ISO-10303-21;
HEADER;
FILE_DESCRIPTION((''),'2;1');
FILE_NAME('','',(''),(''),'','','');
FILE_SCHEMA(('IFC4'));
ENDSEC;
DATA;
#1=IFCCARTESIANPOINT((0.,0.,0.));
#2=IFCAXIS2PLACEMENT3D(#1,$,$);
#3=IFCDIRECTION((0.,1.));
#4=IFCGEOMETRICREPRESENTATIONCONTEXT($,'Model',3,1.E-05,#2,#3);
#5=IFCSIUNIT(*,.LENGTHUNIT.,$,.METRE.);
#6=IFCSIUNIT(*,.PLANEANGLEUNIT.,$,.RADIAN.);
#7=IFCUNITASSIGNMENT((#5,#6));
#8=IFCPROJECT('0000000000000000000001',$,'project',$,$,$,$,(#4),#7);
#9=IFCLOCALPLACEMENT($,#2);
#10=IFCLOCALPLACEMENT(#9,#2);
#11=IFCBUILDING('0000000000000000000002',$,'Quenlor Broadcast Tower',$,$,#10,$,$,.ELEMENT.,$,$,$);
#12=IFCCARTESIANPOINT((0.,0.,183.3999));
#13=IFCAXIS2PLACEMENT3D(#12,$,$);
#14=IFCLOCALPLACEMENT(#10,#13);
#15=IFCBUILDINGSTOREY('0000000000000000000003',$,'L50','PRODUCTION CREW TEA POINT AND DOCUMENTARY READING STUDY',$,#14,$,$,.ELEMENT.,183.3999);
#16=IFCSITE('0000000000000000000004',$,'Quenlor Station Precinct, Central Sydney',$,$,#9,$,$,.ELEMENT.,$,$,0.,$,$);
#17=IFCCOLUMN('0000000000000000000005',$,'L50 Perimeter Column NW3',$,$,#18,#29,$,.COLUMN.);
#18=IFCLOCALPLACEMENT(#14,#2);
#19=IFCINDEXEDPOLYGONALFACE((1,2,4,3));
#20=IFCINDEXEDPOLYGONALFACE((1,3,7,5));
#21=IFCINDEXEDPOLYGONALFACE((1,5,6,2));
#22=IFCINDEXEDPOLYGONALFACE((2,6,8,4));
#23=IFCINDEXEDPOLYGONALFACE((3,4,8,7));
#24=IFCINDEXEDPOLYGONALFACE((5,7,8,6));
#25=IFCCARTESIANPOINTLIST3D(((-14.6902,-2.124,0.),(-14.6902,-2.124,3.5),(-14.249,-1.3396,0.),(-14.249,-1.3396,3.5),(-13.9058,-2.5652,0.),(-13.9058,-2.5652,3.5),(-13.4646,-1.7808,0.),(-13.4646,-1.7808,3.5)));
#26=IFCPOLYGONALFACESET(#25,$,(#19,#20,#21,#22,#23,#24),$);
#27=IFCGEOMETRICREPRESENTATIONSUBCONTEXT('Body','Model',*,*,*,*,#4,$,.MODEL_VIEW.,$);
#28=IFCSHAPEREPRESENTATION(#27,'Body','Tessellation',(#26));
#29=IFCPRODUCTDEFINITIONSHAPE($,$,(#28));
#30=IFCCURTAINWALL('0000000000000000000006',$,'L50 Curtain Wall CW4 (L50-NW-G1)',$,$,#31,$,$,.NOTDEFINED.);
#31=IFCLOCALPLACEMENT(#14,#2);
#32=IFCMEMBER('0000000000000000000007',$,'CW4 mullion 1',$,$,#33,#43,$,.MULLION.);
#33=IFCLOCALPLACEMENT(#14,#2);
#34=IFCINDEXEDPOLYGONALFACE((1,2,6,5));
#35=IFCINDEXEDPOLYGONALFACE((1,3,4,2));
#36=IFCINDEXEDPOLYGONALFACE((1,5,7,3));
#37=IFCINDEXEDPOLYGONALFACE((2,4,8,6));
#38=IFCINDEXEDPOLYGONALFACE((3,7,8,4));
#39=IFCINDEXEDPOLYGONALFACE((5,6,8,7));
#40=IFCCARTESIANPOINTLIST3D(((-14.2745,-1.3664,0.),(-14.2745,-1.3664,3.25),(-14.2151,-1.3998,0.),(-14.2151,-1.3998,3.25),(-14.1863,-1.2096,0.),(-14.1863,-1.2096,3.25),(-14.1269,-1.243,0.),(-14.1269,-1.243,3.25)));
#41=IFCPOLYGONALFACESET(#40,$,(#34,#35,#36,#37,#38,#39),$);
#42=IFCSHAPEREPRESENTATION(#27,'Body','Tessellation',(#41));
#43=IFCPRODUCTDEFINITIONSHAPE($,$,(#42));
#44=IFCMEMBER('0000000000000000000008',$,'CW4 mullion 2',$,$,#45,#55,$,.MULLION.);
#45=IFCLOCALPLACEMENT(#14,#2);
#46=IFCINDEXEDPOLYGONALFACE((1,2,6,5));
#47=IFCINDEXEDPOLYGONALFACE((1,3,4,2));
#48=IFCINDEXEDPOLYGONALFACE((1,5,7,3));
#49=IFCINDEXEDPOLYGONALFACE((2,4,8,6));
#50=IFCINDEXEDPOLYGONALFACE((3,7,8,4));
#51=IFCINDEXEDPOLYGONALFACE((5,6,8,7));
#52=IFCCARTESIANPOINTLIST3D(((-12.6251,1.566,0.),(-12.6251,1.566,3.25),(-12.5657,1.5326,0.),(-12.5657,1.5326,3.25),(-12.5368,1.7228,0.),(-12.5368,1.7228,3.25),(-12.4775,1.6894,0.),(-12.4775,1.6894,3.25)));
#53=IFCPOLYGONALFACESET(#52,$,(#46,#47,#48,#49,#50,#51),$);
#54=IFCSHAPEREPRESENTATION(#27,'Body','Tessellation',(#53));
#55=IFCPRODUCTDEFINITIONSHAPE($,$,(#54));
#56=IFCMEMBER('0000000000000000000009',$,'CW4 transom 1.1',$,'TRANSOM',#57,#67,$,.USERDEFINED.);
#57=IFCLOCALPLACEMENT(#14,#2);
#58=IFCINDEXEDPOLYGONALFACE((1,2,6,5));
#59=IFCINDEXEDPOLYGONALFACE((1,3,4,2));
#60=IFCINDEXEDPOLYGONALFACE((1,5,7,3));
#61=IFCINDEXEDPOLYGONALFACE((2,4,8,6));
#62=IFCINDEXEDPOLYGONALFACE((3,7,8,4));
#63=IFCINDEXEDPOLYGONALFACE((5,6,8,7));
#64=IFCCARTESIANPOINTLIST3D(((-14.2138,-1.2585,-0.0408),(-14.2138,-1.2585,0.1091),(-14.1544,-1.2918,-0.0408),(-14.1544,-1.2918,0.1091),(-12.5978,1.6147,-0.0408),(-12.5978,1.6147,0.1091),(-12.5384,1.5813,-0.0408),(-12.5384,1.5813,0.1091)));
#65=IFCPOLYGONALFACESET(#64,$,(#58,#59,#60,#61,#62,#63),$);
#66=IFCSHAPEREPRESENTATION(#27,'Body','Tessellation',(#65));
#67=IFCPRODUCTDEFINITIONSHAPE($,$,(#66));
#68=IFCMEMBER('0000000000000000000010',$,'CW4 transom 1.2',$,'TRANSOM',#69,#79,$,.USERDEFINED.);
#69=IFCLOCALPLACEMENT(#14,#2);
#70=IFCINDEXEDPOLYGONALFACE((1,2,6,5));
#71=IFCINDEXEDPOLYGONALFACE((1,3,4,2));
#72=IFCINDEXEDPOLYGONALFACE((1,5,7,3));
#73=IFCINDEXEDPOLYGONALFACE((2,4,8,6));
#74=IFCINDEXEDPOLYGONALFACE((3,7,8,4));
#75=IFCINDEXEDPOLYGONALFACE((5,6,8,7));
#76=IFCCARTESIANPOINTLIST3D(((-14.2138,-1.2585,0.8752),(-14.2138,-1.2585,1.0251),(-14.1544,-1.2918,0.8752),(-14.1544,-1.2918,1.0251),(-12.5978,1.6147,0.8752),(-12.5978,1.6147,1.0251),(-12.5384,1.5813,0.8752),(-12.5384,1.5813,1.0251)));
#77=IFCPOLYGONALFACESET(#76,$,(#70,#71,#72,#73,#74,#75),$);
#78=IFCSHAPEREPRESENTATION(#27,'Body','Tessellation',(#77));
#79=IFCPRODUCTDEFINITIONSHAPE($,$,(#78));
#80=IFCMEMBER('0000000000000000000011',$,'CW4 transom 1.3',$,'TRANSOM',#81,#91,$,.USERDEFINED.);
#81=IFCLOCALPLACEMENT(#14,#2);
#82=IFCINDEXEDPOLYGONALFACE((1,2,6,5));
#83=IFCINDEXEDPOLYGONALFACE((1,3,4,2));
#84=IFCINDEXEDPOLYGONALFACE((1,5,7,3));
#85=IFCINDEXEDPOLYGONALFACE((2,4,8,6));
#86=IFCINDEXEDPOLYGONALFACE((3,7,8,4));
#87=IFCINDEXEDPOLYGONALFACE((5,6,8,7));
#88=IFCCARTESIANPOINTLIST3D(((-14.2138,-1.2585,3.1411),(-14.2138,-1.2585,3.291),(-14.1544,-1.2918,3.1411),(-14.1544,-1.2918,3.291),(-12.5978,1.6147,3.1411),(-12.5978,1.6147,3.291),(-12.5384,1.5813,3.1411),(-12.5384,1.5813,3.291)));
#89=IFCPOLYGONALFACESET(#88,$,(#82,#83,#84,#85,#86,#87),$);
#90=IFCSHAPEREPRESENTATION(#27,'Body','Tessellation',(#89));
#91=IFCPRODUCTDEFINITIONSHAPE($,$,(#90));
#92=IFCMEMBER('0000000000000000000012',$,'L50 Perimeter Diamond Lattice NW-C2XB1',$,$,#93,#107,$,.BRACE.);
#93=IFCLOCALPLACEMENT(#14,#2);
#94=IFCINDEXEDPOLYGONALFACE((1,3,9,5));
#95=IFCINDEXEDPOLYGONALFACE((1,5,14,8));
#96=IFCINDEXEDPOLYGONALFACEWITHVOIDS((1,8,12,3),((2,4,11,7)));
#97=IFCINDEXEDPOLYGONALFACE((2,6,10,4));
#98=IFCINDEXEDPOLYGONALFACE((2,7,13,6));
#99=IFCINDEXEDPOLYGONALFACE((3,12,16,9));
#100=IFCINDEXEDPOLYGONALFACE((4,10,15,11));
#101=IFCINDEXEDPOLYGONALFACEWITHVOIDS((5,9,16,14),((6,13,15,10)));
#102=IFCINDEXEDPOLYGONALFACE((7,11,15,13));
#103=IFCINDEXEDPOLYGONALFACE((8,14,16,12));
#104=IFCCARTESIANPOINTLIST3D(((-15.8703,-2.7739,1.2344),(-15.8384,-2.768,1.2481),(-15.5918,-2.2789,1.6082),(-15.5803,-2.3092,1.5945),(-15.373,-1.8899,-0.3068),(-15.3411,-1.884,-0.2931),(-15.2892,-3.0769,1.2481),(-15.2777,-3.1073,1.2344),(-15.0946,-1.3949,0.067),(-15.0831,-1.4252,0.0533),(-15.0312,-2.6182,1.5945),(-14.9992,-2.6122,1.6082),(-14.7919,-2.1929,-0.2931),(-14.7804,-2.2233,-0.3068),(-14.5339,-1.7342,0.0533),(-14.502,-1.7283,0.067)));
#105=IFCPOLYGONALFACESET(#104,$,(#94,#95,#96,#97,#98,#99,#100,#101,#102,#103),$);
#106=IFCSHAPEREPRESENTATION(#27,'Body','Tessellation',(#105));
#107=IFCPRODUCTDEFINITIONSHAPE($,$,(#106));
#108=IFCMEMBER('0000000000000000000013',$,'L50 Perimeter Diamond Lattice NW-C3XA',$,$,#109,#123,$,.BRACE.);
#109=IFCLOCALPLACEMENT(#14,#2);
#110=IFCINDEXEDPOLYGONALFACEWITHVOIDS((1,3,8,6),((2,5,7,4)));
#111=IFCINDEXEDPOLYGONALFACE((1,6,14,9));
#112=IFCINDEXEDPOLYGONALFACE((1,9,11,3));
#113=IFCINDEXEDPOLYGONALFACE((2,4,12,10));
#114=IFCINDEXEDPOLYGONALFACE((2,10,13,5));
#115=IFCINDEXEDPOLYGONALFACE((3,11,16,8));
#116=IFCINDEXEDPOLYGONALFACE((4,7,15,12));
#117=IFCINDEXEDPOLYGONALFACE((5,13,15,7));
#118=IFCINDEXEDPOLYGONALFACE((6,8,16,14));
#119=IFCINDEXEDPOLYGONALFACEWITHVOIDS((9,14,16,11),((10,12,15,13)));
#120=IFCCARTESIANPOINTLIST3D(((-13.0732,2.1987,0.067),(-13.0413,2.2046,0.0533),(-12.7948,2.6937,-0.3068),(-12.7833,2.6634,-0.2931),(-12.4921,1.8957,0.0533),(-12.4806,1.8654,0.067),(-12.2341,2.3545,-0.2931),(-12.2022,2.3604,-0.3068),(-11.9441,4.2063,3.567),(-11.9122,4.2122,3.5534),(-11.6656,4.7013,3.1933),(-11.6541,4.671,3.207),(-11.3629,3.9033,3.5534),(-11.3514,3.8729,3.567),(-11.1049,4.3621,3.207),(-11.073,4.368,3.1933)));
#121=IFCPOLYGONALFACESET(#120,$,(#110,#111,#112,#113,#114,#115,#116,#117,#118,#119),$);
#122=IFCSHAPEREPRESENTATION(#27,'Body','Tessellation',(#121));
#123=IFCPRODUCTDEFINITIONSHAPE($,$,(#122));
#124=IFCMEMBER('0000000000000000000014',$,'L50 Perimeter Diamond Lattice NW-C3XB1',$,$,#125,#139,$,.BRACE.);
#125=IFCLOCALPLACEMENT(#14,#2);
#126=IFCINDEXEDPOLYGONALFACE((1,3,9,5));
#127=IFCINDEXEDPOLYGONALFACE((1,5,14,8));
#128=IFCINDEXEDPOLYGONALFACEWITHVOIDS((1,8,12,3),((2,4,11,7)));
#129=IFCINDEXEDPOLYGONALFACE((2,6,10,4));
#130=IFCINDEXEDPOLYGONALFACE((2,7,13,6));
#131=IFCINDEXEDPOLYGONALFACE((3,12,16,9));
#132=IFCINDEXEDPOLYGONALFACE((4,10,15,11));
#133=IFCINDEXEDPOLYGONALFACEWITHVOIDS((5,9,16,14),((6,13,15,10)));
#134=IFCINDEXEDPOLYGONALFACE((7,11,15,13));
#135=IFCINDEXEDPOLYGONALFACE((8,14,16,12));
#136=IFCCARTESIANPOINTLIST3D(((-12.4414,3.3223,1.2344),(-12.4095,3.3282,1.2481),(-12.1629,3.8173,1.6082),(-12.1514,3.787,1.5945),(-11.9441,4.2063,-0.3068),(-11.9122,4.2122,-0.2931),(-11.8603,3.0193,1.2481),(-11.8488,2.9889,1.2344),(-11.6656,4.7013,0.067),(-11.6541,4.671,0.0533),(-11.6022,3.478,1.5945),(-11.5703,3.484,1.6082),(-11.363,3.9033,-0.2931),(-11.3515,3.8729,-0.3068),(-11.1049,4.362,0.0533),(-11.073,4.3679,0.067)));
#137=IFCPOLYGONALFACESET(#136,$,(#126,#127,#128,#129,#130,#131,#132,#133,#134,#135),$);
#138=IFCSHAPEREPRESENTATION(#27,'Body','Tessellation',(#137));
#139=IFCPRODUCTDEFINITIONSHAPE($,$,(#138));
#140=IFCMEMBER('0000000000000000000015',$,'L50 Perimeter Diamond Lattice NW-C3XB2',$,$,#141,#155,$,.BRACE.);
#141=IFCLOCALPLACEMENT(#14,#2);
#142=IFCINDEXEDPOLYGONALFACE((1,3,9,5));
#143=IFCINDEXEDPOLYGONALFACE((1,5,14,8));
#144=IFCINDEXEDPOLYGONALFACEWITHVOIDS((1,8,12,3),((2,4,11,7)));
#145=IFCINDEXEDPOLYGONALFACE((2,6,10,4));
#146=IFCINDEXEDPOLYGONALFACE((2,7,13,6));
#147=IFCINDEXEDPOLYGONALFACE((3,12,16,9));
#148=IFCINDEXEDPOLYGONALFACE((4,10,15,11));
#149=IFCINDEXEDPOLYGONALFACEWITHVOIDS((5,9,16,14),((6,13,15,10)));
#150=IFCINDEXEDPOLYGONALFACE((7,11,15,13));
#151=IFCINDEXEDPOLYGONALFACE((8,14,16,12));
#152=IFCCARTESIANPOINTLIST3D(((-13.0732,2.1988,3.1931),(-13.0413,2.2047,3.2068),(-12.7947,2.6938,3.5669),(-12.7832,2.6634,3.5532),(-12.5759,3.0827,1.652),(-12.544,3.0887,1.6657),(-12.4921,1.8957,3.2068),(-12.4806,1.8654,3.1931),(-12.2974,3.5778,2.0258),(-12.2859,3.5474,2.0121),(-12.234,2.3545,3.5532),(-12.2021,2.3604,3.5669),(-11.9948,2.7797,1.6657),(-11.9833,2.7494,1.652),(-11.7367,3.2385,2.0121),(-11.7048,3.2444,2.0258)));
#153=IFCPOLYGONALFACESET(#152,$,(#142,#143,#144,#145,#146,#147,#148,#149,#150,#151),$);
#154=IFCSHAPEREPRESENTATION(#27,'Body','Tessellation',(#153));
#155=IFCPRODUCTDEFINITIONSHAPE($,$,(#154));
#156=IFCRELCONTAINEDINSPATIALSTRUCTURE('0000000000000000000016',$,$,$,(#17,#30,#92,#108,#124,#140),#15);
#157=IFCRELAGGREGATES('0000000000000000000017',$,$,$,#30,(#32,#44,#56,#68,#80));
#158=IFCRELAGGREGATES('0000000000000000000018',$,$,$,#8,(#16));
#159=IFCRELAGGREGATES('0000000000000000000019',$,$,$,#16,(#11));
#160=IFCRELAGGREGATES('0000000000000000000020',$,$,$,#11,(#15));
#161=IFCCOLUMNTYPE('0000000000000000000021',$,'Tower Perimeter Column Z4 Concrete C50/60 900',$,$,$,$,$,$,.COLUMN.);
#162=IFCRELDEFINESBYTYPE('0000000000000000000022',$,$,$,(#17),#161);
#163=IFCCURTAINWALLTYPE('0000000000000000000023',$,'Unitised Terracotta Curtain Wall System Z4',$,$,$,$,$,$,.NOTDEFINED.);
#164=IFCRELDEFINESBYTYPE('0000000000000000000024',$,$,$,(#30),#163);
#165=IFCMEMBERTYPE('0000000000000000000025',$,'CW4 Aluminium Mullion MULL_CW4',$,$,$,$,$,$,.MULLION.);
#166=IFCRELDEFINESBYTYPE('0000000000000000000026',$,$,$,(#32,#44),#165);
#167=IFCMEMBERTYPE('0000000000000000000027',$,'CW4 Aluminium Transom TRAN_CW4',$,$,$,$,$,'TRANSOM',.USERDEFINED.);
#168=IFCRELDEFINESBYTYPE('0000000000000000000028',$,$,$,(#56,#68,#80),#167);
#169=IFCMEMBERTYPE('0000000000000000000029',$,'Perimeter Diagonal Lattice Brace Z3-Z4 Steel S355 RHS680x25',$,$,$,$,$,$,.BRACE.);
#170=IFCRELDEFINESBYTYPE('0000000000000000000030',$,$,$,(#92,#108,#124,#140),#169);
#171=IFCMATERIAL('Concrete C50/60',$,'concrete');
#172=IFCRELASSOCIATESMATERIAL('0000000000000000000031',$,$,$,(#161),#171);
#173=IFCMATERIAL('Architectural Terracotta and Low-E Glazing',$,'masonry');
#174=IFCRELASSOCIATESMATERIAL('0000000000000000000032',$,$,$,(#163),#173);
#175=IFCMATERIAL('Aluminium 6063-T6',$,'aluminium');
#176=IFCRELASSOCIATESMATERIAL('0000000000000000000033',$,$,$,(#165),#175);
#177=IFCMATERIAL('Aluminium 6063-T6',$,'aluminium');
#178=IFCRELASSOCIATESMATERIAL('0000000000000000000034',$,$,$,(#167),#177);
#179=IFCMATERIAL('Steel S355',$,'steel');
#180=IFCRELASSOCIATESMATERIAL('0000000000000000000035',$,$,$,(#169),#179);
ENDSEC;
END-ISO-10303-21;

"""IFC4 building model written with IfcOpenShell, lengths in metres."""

from ifc_helpers import new_model, si_unit, direction, frame, origin, origin_2d, place, context, subcontext, project, spatial, rectangle, hollow_rectangle, extrude, material, material_profile, profile_set, type_object, element, aggregate, save


model = new_model("IFC4")

# Units and contexts
model_context = context("Model", 3, precision=1e-05, world=origin(), true_north=direction((0.0, 1.0)))
body_context = subcontext(model_context, "Body", "Model", "MODEL_VIEW")
ifc_project = project(units=[si_unit("LENGTHUNIT", "METRE"), si_unit("PLANEANGLEUNIT", "RADIAN")], contexts=[model_context])

# Site, building, storey
site_placement = place(None, origin())
site = spatial("IfcSite", under=ifc_project, at=site_placement, Name="Quenlor Station Precinct, Central Sydney", CompositionType="ELEMENT", RefElevation=0.0)
building_placement = place(site_placement, origin())
building = spatial("IfcBuilding", under=site, at=building_placement, Name="Quenlor Broadcast Tower", CompositionType="ELEMENT")
storey_placement = place(building_placement, frame((0.0, 0.0, 183.3999)))
storey = spatial("IfcBuildingStorey", under=building, at=storey_placement, Name="L50", Description="PRODUCTION CREW TEA POINT AND DOCUMENTARY READING STUDY", CompositionType="ELEMENT", Elevation=183.3999)

# Column
ifc_material_1 = material(Name="Concrete C50/60", Category="concrete")
ifc_material_profile_1 = material_profile(ifc_material_1, rectangle(XDim=0.8999, YDim=0.8999, at=origin_2d()))
ifc_profile_set_1 = profile_set([ifc_material_profile_1], Name="Concrete C50/60 RC900x900")
column_type = type_object("IfcColumnType", Name="Tower Perimeter Column Z4 Concrete C50/60 900", PredefinedType="COLUMN", material=ifc_profile_set_1)
column_placement = place(storey_placement, frame((-14.0774, -1.9524, 0.0), z_axis=(0.0, 0.0, 1.0), x_axis=(-0.871575, 0.490262, 0.0)))
element("IfcColumn", 1, at=column_placement, inside=storey, type_object=column_type, Name="L50 Perimeter Column NW3", PredefinedType="COLUMN", context=body_context, shape_type="SweptSolid", body=[
    extrude(rectangle(XDim=0.8999, YDim=0.8999, at=origin_2d()), origin(), (0.0, 0.0, 1.0), 3.5),
])

# Curtain wall, members
ifc_material_2 = material(Name="Architectural Terracotta and Low-E Glazing", Category="masonry")
curtain_wall_type = type_object("IfcCurtainWallType", Name="Unitised Terracotta Curtain Wall System Z4", PredefinedType="NOTDEFINED", material=ifc_material_2)
curtain_wall_placement = place(storey_placement, origin())
curtain_wall = element("IfcCurtainWall", 2, at=curtain_wall_placement, inside=storey, type_object=curtain_wall_type, Name="L50 Curtain Wall CW4 (L50-NW-G1)", PredefinedType="NOTDEFINED")
ifc_material_3 = material(Name="Aluminium 6063-T6", Category="aluminium")
ifc_material_profile_2 = material_profile(ifc_material_3, rectangle(XDim=0.0681, YDim=0.1799, at=origin_2d()))
ifc_profile_set_2 = profile_set([ifc_material_profile_2], Name="Aluminium 6063-T6 MULL68x180")
member_type_1 = type_object("IfcMemberType", Name="CW4 Aluminium Mullion MULL_CW4", PredefinedType="MULLION", material=ifc_profile_set_2)
member_1_placement = place(storey_placement, frame((-14.2007, -1.3047, 0.0), z_axis=(0.0, 0.0, 1.0), x_axis=(-0.871578, 0.490257, 0.0)))
member_1 = element("IfcMember", 3, at=member_1_placement, type_object=member_type_1, Name="CW4 mullion 1", PredefinedType="MULLION", context=body_context, shape_type="SweptSolid", body=[
    extrude(rectangle(XDim=0.0681, YDim=0.1799, at=origin_2d()), origin(), (0.0, 0.0, 1.0), 3.25),
])
member_2_placement = place(storey_placement, frame((-12.5513, 1.6277, 0.0), z_axis=(0.0, 0.0, 1.0), x_axis=(-0.871578, 0.490257, 0.0)))
member_2 = element("IfcMember", 4, at=member_2_placement, type_object=member_type_1, Name="CW4 mullion 2", PredefinedType="MULLION", context=body_context, shape_type="SweptSolid", body=[
    extrude(rectangle(XDim=0.0681, YDim=0.1799, at=origin_2d()), origin(), (0.0, 0.0, 1.0), 3.25),
])
ifc_material_4 = material(Name="Aluminium 6063-T6", Category="aluminium")
ifc_material_profile_3 = material_profile(ifc_material_4, rectangle(XDim=0.0681, YDim=0.1499, at=origin_2d()))
ifc_profile_set_3 = profile_set([ifc_material_profile_3], Name="Aluminium 6063-T6 TRAN68x150")
member_type_2 = type_object("IfcMemberType", Name="CW4 Aluminium Transom TRAN_CW4", ElementType="TRANSOM", PredefinedType="USERDEFINED", material=ifc_profile_set_3)
member_3_placement = place(storey_placement, frame((-14.1841, -1.2751, 0.0342), z_axis=(0.490233, 0.871591, 0.0), x_axis=(-0.871591, 0.490233, 0.0)))
member_3 = element("IfcMember", 5, at=member_3_placement, type_object=member_type_2, Name="CW4 transom 1.1", ObjectType="TRANSOM", PredefinedType="USERDEFINED", context=body_context, shape_type="SweptSolid", body=[
    extrude(rectangle(XDim=0.0681, YDim=0.1499, at=origin_2d()), origin(), (0.0, 0.0, 1.0), 3.2964),
])
member_4_placement = place(storey_placement, frame((-14.1841, -1.2751, 0.9502), z_axis=(0.490233, 0.871591, 0.0), x_axis=(-0.871591, 0.490233, 0.0)))
member_4 = element("IfcMember", 6, at=member_4_placement, type_object=member_type_2, Name="CW4 transom 1.2", ObjectType="TRANSOM", PredefinedType="USERDEFINED", context=body_context, shape_type="SweptSolid", body=[
    extrude(rectangle(XDim=0.0681, YDim=0.1499, at=origin_2d()), origin(), (0.0, 0.0, 1.0), 3.2964),
])
member_5_placement = place(storey_placement, frame((-14.1841, -1.2751, 3.2161), z_axis=(0.490233, 0.871591, 0.0), x_axis=(-0.871591, 0.490233, 0.0)))
member_5 = element("IfcMember", 7, at=member_5_placement, type_object=member_type_2, Name="CW4 transom 1.3", ObjectType="TRANSOM", PredefinedType="USERDEFINED", context=body_context, shape_type="SweptSolid", body=[
    extrude(rectangle(XDim=0.0681, YDim=0.1499, at=origin_2d()), origin(), (0.0, 0.0, 1.0), 3.2964),
])

# Members
ifc_material_5 = material(Name="Steel S355", Category="steel")
ifc_material_profile_4 = material_profile(ifc_material_5, hollow_rectangle(XDim=0.6799, YDim=0.6799, WallThickness=0.0249, at=origin_2d()))
ifc_profile_set_4 = profile_set([ifc_material_profile_4], Name="Steel S355 RHS680x680x25")
member_type_3 = type_object("IfcMemberType", Name="Perimeter Diagonal Lattice Brace Z3-Z4 Steel S355 RHS680x25", PredefinedType="BRACE", material=ifc_profile_set_4)
member_6_placement = place(storey_placement, frame((-14.9375, -1.8091, -0.1199), z_axis=(-0.269536, -0.47913, 0.835335), x_axis=(0.871556, -0.490296, 0.0)))
element("IfcMember", 8, at=member_6_placement, inside=storey, type_object=member_type_3, Name="L50 Perimeter Diamond Lattice NW-C2XB1", PredefinedType="BRACE", context=body_context, shape_type="SweptSolid", body=[
    extrude(hollow_rectangle(XDim=0.6799, YDim=0.6799, WallThickness=0.0249, at=origin_2d()), origin(), (0.0, 0.0, 1.0), 1.845),
])
member_7_placement = place(storey_placement, frame((-12.6377, 2.2795, -0.1199), z_axis=(0.269493, 0.479144, 0.835341), x_axis=(-0.871595, 0.490226, 0.0)))
element("IfcMember", 9, at=member_7_placement, inside=storey, type_object=member_type_3, Name="L50 Perimeter Diamond Lattice NW-C3XA", PredefinedType="BRACE", context=body_context, shape_type="SweptSolid", body=[
    extrude(hollow_rectangle(XDim=0.6799, YDim=0.6799, WallThickness=0.0249, at=origin_2d()), origin(), (0.0, 0.0, 1.0), 4.1899),
])
for number, where, z_axis, x_axis, name in (
    (10, (-11.5085, 4.2871, -0.1199), (-0.269536, -0.47913, 0.835335), (0.871556, -0.490296, 0.0), "L50 Perimeter Diamond Lattice NW-C3XB1"),
    (11, (-12.1404, 3.1636, 1.8389), (-0.269536, -0.47913, 0.835335), (0.871556, -0.490296, 0.0), "L50 Perimeter Diamond Lattice NW-C3XB2"),
):
    element("IfcMember", number, at=place(storey_placement, frame(where, z_axis=z_axis, x_axis=x_axis)), inside=storey, type_object=member_type_3, Name=name, PredefinedType="BRACE", context=body_context, shape_type="SweptSolid", body=[
        extrude(hollow_rectangle(XDim=0.6799, YDim=0.6799, WallThickness=0.0249, at=origin_2d()), origin(), (0.0, 0.0, 1.0), 1.845),
    ])

aggregate(curtain_wall, [member_1, member_2, member_3, member_4, member_5])

save(model, "model.ifc")
